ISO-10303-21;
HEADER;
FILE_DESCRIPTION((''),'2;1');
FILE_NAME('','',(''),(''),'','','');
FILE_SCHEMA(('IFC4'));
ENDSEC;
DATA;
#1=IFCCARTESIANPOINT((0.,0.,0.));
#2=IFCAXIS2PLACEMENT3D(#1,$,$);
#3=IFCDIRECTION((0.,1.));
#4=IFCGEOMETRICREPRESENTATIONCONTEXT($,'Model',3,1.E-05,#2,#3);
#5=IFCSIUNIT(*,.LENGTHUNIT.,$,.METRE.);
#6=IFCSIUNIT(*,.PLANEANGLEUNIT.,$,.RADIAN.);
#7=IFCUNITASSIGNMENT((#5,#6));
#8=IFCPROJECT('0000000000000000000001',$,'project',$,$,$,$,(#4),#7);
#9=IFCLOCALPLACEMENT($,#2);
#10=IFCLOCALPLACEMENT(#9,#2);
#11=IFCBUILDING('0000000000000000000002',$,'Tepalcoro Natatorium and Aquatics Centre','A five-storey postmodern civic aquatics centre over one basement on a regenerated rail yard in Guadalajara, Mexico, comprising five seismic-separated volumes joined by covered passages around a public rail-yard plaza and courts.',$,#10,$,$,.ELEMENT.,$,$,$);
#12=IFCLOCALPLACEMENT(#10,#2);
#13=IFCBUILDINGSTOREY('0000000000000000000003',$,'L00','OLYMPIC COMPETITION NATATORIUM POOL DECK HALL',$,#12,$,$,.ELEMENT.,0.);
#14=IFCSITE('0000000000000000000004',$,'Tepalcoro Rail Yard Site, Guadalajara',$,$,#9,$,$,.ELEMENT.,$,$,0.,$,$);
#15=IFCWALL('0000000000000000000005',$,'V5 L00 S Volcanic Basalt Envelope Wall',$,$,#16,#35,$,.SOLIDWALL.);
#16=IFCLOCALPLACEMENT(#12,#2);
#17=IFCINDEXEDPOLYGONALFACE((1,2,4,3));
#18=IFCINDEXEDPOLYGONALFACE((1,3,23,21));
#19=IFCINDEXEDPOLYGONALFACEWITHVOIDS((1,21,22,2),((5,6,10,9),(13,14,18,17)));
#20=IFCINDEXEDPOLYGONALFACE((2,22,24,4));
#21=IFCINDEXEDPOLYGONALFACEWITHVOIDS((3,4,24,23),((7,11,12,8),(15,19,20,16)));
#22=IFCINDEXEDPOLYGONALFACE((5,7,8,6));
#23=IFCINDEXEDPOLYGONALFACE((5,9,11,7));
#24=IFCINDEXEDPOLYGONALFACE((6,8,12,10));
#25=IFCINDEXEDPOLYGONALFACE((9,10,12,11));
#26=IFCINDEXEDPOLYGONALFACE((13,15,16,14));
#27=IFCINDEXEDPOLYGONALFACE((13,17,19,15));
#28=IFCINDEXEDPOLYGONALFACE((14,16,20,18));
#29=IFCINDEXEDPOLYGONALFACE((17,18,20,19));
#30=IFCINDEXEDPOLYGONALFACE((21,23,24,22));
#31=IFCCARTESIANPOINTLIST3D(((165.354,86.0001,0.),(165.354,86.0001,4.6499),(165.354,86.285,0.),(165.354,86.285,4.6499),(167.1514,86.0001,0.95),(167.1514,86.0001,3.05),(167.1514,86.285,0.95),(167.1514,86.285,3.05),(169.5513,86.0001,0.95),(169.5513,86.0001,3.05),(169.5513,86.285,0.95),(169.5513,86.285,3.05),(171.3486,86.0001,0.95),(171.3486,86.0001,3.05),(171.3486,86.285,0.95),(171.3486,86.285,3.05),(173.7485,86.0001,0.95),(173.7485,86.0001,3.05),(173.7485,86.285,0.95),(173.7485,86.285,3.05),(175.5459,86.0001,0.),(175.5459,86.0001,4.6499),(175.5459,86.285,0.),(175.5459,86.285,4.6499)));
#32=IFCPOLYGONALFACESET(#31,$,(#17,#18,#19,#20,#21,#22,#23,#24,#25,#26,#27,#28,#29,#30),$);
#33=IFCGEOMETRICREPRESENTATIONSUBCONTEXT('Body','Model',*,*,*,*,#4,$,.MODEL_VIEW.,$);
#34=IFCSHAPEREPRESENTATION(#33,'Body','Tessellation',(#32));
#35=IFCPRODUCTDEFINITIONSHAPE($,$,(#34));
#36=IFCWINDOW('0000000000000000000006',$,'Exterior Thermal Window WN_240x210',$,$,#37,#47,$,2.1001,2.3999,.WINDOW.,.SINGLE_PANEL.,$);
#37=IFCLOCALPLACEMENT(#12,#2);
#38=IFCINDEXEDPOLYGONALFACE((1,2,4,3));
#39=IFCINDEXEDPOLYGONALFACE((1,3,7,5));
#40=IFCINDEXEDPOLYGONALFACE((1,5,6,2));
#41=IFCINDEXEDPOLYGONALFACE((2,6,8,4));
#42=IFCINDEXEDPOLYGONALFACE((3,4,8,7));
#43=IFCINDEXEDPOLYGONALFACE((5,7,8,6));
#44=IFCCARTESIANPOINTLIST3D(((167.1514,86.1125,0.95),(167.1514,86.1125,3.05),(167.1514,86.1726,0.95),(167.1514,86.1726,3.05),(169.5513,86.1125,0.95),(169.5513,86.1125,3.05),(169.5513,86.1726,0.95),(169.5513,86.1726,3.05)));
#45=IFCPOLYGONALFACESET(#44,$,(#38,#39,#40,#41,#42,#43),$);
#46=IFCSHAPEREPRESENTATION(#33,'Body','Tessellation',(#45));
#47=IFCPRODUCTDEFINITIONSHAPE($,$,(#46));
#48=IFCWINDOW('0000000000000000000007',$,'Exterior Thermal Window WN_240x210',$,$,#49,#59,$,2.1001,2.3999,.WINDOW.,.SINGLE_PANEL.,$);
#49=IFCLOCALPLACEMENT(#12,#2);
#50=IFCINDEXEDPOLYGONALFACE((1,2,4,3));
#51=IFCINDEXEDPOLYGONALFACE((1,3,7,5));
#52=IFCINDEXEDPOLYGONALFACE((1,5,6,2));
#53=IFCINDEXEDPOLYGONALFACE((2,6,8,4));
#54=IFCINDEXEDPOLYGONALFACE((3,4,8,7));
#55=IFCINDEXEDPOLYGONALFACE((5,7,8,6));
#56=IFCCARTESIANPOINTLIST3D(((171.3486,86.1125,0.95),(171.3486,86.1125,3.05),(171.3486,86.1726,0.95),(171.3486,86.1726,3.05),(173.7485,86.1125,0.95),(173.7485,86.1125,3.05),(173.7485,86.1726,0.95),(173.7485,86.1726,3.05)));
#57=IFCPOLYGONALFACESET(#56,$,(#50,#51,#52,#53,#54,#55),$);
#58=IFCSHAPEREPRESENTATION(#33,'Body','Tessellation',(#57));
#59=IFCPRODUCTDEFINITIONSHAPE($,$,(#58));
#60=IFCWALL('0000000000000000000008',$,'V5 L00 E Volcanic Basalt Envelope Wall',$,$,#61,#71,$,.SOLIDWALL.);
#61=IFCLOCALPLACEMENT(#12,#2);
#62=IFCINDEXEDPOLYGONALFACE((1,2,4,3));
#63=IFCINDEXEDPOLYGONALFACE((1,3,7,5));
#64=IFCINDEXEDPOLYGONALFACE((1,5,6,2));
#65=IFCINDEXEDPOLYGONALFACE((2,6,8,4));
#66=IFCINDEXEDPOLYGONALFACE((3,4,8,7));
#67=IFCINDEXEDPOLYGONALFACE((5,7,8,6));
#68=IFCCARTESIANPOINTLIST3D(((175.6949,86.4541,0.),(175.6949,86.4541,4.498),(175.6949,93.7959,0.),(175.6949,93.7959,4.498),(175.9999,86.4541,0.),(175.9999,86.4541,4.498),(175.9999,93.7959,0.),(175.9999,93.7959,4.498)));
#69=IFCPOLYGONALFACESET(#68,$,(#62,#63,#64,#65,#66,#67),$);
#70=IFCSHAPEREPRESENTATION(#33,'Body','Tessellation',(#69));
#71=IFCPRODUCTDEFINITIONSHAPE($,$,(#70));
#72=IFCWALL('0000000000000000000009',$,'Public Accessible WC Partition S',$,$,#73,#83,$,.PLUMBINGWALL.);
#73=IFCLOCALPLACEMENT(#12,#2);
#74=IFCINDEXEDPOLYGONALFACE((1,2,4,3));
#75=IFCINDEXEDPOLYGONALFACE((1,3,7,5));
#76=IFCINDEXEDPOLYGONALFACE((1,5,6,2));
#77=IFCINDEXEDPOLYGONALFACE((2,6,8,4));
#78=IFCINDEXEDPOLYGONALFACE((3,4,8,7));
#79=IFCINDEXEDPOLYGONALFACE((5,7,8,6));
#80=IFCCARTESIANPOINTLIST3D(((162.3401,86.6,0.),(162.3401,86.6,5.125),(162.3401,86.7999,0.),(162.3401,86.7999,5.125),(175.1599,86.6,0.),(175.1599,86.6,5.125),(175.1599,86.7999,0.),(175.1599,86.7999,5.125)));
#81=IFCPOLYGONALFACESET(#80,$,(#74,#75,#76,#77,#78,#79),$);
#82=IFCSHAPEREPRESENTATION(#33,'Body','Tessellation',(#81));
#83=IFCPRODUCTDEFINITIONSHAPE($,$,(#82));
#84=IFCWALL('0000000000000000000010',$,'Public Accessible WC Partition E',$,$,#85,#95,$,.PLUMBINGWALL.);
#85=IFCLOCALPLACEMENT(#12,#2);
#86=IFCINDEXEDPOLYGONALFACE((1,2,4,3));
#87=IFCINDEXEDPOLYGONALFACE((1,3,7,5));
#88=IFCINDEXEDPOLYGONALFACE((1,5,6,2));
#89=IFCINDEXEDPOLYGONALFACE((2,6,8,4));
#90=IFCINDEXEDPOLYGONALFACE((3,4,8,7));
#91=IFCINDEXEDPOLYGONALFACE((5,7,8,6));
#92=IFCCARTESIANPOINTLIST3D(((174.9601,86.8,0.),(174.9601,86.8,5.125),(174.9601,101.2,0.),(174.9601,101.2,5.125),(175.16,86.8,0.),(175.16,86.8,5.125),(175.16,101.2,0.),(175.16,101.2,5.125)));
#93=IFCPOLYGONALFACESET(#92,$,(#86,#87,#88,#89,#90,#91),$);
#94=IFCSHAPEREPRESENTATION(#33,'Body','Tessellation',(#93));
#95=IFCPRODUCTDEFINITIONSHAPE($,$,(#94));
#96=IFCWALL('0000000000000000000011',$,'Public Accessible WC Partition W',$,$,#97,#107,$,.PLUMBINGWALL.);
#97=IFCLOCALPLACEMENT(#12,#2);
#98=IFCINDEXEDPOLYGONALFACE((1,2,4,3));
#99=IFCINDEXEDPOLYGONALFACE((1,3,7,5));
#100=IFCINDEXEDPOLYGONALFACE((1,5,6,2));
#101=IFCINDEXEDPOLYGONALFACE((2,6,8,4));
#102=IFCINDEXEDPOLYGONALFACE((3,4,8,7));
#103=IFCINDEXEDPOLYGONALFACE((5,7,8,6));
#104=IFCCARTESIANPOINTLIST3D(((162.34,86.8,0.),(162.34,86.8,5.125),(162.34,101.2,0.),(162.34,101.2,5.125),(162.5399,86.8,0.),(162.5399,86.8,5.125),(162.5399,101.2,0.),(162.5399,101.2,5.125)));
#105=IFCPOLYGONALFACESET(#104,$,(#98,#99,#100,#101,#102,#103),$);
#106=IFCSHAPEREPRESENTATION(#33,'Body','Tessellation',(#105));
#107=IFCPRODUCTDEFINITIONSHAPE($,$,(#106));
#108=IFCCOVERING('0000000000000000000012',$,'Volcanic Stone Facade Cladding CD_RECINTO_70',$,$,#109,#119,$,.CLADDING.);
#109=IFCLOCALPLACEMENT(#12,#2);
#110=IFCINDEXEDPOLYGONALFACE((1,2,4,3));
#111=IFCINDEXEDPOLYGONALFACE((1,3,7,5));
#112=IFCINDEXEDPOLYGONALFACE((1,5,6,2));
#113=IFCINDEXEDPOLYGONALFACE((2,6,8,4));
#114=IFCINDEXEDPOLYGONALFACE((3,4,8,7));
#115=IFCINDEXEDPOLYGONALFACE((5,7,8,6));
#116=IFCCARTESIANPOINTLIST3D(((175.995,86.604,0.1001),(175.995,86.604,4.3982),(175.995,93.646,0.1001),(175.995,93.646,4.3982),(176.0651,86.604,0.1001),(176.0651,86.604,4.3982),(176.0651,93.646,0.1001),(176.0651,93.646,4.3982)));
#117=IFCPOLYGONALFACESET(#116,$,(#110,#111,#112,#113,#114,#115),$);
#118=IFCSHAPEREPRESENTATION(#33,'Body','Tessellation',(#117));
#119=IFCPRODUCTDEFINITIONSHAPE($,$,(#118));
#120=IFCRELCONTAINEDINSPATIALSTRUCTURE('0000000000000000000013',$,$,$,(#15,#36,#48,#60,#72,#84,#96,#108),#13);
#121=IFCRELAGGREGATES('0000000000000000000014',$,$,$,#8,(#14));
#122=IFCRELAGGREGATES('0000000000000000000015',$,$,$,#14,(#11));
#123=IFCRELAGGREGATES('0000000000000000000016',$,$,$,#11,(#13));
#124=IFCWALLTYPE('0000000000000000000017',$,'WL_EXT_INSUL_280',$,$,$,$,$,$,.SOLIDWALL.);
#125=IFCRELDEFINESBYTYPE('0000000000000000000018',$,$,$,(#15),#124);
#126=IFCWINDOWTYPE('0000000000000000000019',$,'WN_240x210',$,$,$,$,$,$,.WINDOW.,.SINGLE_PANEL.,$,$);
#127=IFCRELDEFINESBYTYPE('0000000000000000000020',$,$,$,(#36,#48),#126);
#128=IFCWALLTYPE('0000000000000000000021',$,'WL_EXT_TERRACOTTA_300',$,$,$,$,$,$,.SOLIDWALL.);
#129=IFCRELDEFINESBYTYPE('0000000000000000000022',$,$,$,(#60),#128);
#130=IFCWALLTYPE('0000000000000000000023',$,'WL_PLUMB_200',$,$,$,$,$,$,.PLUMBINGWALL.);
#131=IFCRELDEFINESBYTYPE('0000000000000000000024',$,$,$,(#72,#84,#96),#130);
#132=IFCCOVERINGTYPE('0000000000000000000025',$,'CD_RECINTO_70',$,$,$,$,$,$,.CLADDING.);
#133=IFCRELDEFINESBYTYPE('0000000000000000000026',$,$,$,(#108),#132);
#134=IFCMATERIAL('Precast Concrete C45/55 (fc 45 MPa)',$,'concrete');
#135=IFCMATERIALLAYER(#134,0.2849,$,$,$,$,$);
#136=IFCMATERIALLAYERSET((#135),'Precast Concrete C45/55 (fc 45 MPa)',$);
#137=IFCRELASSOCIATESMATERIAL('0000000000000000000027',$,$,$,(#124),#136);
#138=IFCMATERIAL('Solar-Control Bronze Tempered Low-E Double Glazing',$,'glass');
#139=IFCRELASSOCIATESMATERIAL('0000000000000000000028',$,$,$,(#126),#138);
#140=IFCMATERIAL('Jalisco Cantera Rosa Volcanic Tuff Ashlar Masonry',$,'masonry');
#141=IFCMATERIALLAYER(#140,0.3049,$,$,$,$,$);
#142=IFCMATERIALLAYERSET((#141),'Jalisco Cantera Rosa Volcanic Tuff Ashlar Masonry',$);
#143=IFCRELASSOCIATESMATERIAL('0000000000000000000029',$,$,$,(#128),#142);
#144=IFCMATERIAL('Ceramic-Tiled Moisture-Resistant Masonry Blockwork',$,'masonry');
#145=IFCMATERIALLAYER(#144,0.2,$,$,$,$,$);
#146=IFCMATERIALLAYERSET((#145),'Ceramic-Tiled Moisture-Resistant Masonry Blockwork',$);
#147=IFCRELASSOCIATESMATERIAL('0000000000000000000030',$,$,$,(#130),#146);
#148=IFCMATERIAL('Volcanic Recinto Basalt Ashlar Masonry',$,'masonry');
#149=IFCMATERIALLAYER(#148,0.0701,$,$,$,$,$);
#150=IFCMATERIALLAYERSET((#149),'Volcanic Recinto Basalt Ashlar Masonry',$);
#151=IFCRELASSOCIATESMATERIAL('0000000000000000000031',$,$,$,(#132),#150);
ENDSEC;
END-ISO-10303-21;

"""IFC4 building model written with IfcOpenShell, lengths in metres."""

from ifc_helpers import new_model, si_unit, direction, frame, frame_2d, origin, origin_2d, place, context, subcontext, project, spatial, rectangle, extrude, material, layer, layer_set, type_object, element, fill, save


model = new_model("IFC4")

# Units and contexts
model_context = context("Model", 3, precision=1e-05, world=origin(), true_north=direction((0.0, 1.0)))
body_context = subcontext(model_context, "Body", "Model", "MODEL_VIEW")
ifc_project = project(units=[si_unit("LENGTHUNIT", "METRE"), si_unit("PLANEANGLEUNIT", "RADIAN")], contexts=[model_context])

# Site, building, storey
site_placement = place(None, origin())
site = spatial("IfcSite", under=ifc_project, at=site_placement, Name="Tepalcoro Rail Yard Site, Guadalajara", CompositionType="ELEMENT", RefElevation=0.0)
building_placement = place(site_placement, origin())
building = spatial("IfcBuilding", under=site, at=building_placement, Name="Tepalcoro Natatorium and Aquatics Centre", Description="A five-storey postmodern civic aquatics centre over one basement on a regenerated rail yard in Guadalajara, Mexico, comprising five seismic-separated volumes joined by covered passages around a public rail-yard plaza and courts.", CompositionType="ELEMENT")
storey_placement = place(building_placement, origin())
storey = spatial("IfcBuildingStorey", under=building, at=storey_placement, Name="L00", Description="OLYMPIC COMPETITION NATATORIUM POOL DECK HALL", CompositionType="ELEMENT", Elevation=0.0)

# Shared definitions
ifc_material_1 = material(Name="Solar-Control Bronze Tempered Low-E Double Glazing", Category="glass")

# Shared definitions
ifc_material_2 = material(Name="Volcanic Recinto Basalt Ashlar Masonry", Category="masonry")

# Wall, openings, windows
ifc_material_3 = material(Name="Precast Concrete C45/55 (fc 45 MPa)", Category="concrete")
ifc_layer_1 = layer(ifc_material_3, 0.2849)
ifc_layer_set_1 = layer_set([ifc_layer_1], Name="Precast Concrete C45/55 (fc 45 MPa)")
wall_type_1 = type_object("IfcWallType", Name="WL_EXT_INSUL_280", PredefinedType="SOLIDWALL", material=ifc_layer_set_1)
wall_1_placement = place(storey_placement, frame((165.354, 86.1426, 0.0), z_axis=(0.0, 0.0, 1.0), x_axis=(1.0, 0.0, 0.0)))
wall_1 = element("IfcWall", 1, at=wall_1_placement, inside=storey, type_object=wall_type_1, Name="V5 L00 S Volcanic Basalt Envelope Wall", PredefinedType="SOLIDWALL", context=body_context, shape_type="SweptSolid", body=[
    extrude(rectangle(XDim=10.1919, YDim=0.2849, at=frame_2d((5.0959, 0.0))), origin(), (0.0, 0.0, 1.0), 4.6499),
])
opening_1_placement = place(wall_1_placement, frame((1.7974, 0.0, 0.95)))
opening_1 = element("IfcOpeningElement", 2, at=opening_1_placement, cuts=wall_1, PredefinedType="OPENING", context=body_context, shape_type="SweptSolid", body=[
    extrude(rectangle(XDim=2.3999, YDim=2.1001, at=frame_2d((1.2, 1.05))), frame((0.0, 0.1543, 0.0), z_axis=(0.0, -1.0, 0.0), x_axis=(1.0, 0.0, 0.0)), (0.0, 0.0, 1.0), 0.3088),
])
opening_2_placement = place(wall_1_placement, frame((5.9946, 0.0, 0.95)))
opening_2 = element("IfcOpeningElement", 3, at=opening_2_placement, cuts=wall_1, PredefinedType="OPENING", context=body_context, shape_type="SweptSolid", body=[
    extrude(rectangle(XDim=2.3999, YDim=2.1001, at=frame_2d((1.2, 1.05))), frame((0.0, 0.1543, 0.0), z_axis=(0.0, -1.0, 0.0), x_axis=(1.0, 0.0, 0.0)), (0.0, 0.0, 1.0), 0.3088),
])
window_type = type_object("IfcWindowType", Name="WN_240x210", PartitioningType="SINGLE_PANEL", PredefinedType="WINDOW", material=ifc_material_1)
window_1_placement = place(opening_1_placement, origin())
window_1 = element("IfcWindow", 4, at=window_1_placement, inside=storey, type_object=window_type, Name="Exterior Thermal Window WN_240x210", OverallHeight=2.1001, OverallWidth=2.3999, PartitioningType="SINGLE_PANEL", PredefinedType="WINDOW", context=body_context, shape_type="SweptSolid", body=[
    extrude(rectangle(XDim=2.3999, YDim=2.1001, at=frame_2d((1.2, 1.05))), frame((0.0, 0.03, 0.0), z_axis=(0.0, -1.0, 0.0), x_axis=(1.0, 0.0, 0.0)), (0.0, 0.0, 1.0), 0.0601),
])
fill(opening_1, window_1)
window_2_placement = place(opening_2_placement, origin())
window_2 = element("IfcWindow", 5, at=window_2_placement, inside=storey, type_object=window_type, Name="Exterior Thermal Window WN_240x210", OverallHeight=2.1001, OverallWidth=2.3999, PartitioningType="SINGLE_PANEL", PredefinedType="WINDOW", context=body_context, shape_type="SweptSolid", body=[
    extrude(rectangle(XDim=2.3999, YDim=2.1001, at=frame_2d((1.2, 1.05))), frame((0.0, 0.03, 0.0), z_axis=(0.0, -1.0, 0.0), x_axis=(1.0, 0.0, 0.0)), (0.0, 0.0, 1.0), 0.0601),
])
fill(opening_2, window_2)

# Walls
ifc_material_4 = material(Name="Jalisco Cantera Rosa Volcanic Tuff Ashlar Masonry", Category="masonry")
ifc_layer_2 = layer(ifc_material_4, 0.3049)
ifc_layer_set_2 = layer_set([ifc_layer_2], Name="Jalisco Cantera Rosa Volcanic Tuff Ashlar Masonry")
wall_type_2 = type_object("IfcWallType", Name="WL_EXT_TERRACOTTA_300", PredefinedType="SOLIDWALL", material=ifc_layer_set_2)
wall_2_placement = place(storey_placement, frame((175.8474, 86.4541, 0.0), z_axis=(0.0, 0.0, 1.0), x_axis=(0.0, 1.0, 0.0)))
element("IfcWall", 6, at=wall_2_placement, inside=storey, type_object=wall_type_2, Name="V5 L00 E Volcanic Basalt Envelope Wall", PredefinedType="SOLIDWALL", context=body_context, shape_type="SweptSolid", body=[
    extrude(rectangle(XDim=7.3418, YDim=0.3049, at=frame_2d((3.6709, 0.0))), origin(), (0.0, 0.0, 1.0), 4.498),
])
ifc_material_5 = material(Name="Ceramic-Tiled Moisture-Resistant Masonry Blockwork", Category="masonry")
ifc_layer_3 = layer(ifc_material_5, 0.2)
ifc_layer_set_3 = layer_set([ifc_layer_3], Name="Ceramic-Tiled Moisture-Resistant Masonry Blockwork")
wall_type_3 = type_object("IfcWallType", Name="WL_PLUMB_200", PredefinedType="PLUMBINGWALL", material=ifc_layer_set_3)
wall_3_placement = place(storey_placement, frame((162.3401, 86.7, 0.0), z_axis=(0.0, 0.0, 1.0), x_axis=(1.0, 0.0, 0.0)))
element("IfcWall", 7, at=wall_3_placement, inside=storey, type_object=wall_type_3, Name="Public Accessible WC Partition S", PredefinedType="PLUMBINGWALL", context=body_context, shape_type="SweptSolid", body=[
    extrude(rectangle(XDim=12.8198, YDim=0.2, at=frame_2d((6.4099, 0.0))), origin(), (0.0, 0.0, 1.0), 5.125),
])
for number, where, z_axis, x_axis, name in (
    (8, (175.0601, 86.8, 0.0), (0.0, 0.0, 1.0), (0.0, 1.0, 0.0), "Public Accessible WC Partition E"),
    (9, (162.4399, 86.8, 0.0), (0.0, 0.0, 1.0), (0.0, 1.0, 0.0), "Public Accessible WC Partition W"),
):
    element("IfcWall", number, at=place(storey_placement, frame(where, z_axis=z_axis, x_axis=x_axis)), inside=storey, type_object=wall_type_3, Name=name, PredefinedType="PLUMBINGWALL", context=body_context, shape_type="SweptSolid", body=[
        extrude(rectangle(XDim=14.3999, YDim=0.2, at=frame_2d((7.2, 0.0))), origin(), (0.0, 0.0, 1.0), 5.125),
    ])

# Covering
ifc_layer_4 = layer(ifc_material_2, 0.0701)
ifc_layer_set_4 = layer_set([ifc_layer_4], Name="Volcanic Recinto Basalt Ashlar Masonry")
covering_type = type_object("IfcCoveringType", Name="CD_RECINTO_70", PredefinedType="CLADDING", material=ifc_layer_set_4)
covering_placement = place(storey_placement, frame((176.03, 90.125, 0.1001), z_axis=(0.0, 0.0, 1.0), x_axis=(1.0, 0.0, 0.0)))
element("IfcCovering", 10, at=covering_placement, inside=storey, type_object=covering_type, Name="Volcanic Stone Facade Cladding CD_RECINTO_70", PredefinedType="CLADDING", context=body_context, shape_type="SweptSolid", body=[
    extrude(rectangle(XDim=0.0701, YDim=7.042, at=origin_2d()), origin(), (0.0, 0.0, 1.0), 4.2981),
])

save(model, "model.ifc")
